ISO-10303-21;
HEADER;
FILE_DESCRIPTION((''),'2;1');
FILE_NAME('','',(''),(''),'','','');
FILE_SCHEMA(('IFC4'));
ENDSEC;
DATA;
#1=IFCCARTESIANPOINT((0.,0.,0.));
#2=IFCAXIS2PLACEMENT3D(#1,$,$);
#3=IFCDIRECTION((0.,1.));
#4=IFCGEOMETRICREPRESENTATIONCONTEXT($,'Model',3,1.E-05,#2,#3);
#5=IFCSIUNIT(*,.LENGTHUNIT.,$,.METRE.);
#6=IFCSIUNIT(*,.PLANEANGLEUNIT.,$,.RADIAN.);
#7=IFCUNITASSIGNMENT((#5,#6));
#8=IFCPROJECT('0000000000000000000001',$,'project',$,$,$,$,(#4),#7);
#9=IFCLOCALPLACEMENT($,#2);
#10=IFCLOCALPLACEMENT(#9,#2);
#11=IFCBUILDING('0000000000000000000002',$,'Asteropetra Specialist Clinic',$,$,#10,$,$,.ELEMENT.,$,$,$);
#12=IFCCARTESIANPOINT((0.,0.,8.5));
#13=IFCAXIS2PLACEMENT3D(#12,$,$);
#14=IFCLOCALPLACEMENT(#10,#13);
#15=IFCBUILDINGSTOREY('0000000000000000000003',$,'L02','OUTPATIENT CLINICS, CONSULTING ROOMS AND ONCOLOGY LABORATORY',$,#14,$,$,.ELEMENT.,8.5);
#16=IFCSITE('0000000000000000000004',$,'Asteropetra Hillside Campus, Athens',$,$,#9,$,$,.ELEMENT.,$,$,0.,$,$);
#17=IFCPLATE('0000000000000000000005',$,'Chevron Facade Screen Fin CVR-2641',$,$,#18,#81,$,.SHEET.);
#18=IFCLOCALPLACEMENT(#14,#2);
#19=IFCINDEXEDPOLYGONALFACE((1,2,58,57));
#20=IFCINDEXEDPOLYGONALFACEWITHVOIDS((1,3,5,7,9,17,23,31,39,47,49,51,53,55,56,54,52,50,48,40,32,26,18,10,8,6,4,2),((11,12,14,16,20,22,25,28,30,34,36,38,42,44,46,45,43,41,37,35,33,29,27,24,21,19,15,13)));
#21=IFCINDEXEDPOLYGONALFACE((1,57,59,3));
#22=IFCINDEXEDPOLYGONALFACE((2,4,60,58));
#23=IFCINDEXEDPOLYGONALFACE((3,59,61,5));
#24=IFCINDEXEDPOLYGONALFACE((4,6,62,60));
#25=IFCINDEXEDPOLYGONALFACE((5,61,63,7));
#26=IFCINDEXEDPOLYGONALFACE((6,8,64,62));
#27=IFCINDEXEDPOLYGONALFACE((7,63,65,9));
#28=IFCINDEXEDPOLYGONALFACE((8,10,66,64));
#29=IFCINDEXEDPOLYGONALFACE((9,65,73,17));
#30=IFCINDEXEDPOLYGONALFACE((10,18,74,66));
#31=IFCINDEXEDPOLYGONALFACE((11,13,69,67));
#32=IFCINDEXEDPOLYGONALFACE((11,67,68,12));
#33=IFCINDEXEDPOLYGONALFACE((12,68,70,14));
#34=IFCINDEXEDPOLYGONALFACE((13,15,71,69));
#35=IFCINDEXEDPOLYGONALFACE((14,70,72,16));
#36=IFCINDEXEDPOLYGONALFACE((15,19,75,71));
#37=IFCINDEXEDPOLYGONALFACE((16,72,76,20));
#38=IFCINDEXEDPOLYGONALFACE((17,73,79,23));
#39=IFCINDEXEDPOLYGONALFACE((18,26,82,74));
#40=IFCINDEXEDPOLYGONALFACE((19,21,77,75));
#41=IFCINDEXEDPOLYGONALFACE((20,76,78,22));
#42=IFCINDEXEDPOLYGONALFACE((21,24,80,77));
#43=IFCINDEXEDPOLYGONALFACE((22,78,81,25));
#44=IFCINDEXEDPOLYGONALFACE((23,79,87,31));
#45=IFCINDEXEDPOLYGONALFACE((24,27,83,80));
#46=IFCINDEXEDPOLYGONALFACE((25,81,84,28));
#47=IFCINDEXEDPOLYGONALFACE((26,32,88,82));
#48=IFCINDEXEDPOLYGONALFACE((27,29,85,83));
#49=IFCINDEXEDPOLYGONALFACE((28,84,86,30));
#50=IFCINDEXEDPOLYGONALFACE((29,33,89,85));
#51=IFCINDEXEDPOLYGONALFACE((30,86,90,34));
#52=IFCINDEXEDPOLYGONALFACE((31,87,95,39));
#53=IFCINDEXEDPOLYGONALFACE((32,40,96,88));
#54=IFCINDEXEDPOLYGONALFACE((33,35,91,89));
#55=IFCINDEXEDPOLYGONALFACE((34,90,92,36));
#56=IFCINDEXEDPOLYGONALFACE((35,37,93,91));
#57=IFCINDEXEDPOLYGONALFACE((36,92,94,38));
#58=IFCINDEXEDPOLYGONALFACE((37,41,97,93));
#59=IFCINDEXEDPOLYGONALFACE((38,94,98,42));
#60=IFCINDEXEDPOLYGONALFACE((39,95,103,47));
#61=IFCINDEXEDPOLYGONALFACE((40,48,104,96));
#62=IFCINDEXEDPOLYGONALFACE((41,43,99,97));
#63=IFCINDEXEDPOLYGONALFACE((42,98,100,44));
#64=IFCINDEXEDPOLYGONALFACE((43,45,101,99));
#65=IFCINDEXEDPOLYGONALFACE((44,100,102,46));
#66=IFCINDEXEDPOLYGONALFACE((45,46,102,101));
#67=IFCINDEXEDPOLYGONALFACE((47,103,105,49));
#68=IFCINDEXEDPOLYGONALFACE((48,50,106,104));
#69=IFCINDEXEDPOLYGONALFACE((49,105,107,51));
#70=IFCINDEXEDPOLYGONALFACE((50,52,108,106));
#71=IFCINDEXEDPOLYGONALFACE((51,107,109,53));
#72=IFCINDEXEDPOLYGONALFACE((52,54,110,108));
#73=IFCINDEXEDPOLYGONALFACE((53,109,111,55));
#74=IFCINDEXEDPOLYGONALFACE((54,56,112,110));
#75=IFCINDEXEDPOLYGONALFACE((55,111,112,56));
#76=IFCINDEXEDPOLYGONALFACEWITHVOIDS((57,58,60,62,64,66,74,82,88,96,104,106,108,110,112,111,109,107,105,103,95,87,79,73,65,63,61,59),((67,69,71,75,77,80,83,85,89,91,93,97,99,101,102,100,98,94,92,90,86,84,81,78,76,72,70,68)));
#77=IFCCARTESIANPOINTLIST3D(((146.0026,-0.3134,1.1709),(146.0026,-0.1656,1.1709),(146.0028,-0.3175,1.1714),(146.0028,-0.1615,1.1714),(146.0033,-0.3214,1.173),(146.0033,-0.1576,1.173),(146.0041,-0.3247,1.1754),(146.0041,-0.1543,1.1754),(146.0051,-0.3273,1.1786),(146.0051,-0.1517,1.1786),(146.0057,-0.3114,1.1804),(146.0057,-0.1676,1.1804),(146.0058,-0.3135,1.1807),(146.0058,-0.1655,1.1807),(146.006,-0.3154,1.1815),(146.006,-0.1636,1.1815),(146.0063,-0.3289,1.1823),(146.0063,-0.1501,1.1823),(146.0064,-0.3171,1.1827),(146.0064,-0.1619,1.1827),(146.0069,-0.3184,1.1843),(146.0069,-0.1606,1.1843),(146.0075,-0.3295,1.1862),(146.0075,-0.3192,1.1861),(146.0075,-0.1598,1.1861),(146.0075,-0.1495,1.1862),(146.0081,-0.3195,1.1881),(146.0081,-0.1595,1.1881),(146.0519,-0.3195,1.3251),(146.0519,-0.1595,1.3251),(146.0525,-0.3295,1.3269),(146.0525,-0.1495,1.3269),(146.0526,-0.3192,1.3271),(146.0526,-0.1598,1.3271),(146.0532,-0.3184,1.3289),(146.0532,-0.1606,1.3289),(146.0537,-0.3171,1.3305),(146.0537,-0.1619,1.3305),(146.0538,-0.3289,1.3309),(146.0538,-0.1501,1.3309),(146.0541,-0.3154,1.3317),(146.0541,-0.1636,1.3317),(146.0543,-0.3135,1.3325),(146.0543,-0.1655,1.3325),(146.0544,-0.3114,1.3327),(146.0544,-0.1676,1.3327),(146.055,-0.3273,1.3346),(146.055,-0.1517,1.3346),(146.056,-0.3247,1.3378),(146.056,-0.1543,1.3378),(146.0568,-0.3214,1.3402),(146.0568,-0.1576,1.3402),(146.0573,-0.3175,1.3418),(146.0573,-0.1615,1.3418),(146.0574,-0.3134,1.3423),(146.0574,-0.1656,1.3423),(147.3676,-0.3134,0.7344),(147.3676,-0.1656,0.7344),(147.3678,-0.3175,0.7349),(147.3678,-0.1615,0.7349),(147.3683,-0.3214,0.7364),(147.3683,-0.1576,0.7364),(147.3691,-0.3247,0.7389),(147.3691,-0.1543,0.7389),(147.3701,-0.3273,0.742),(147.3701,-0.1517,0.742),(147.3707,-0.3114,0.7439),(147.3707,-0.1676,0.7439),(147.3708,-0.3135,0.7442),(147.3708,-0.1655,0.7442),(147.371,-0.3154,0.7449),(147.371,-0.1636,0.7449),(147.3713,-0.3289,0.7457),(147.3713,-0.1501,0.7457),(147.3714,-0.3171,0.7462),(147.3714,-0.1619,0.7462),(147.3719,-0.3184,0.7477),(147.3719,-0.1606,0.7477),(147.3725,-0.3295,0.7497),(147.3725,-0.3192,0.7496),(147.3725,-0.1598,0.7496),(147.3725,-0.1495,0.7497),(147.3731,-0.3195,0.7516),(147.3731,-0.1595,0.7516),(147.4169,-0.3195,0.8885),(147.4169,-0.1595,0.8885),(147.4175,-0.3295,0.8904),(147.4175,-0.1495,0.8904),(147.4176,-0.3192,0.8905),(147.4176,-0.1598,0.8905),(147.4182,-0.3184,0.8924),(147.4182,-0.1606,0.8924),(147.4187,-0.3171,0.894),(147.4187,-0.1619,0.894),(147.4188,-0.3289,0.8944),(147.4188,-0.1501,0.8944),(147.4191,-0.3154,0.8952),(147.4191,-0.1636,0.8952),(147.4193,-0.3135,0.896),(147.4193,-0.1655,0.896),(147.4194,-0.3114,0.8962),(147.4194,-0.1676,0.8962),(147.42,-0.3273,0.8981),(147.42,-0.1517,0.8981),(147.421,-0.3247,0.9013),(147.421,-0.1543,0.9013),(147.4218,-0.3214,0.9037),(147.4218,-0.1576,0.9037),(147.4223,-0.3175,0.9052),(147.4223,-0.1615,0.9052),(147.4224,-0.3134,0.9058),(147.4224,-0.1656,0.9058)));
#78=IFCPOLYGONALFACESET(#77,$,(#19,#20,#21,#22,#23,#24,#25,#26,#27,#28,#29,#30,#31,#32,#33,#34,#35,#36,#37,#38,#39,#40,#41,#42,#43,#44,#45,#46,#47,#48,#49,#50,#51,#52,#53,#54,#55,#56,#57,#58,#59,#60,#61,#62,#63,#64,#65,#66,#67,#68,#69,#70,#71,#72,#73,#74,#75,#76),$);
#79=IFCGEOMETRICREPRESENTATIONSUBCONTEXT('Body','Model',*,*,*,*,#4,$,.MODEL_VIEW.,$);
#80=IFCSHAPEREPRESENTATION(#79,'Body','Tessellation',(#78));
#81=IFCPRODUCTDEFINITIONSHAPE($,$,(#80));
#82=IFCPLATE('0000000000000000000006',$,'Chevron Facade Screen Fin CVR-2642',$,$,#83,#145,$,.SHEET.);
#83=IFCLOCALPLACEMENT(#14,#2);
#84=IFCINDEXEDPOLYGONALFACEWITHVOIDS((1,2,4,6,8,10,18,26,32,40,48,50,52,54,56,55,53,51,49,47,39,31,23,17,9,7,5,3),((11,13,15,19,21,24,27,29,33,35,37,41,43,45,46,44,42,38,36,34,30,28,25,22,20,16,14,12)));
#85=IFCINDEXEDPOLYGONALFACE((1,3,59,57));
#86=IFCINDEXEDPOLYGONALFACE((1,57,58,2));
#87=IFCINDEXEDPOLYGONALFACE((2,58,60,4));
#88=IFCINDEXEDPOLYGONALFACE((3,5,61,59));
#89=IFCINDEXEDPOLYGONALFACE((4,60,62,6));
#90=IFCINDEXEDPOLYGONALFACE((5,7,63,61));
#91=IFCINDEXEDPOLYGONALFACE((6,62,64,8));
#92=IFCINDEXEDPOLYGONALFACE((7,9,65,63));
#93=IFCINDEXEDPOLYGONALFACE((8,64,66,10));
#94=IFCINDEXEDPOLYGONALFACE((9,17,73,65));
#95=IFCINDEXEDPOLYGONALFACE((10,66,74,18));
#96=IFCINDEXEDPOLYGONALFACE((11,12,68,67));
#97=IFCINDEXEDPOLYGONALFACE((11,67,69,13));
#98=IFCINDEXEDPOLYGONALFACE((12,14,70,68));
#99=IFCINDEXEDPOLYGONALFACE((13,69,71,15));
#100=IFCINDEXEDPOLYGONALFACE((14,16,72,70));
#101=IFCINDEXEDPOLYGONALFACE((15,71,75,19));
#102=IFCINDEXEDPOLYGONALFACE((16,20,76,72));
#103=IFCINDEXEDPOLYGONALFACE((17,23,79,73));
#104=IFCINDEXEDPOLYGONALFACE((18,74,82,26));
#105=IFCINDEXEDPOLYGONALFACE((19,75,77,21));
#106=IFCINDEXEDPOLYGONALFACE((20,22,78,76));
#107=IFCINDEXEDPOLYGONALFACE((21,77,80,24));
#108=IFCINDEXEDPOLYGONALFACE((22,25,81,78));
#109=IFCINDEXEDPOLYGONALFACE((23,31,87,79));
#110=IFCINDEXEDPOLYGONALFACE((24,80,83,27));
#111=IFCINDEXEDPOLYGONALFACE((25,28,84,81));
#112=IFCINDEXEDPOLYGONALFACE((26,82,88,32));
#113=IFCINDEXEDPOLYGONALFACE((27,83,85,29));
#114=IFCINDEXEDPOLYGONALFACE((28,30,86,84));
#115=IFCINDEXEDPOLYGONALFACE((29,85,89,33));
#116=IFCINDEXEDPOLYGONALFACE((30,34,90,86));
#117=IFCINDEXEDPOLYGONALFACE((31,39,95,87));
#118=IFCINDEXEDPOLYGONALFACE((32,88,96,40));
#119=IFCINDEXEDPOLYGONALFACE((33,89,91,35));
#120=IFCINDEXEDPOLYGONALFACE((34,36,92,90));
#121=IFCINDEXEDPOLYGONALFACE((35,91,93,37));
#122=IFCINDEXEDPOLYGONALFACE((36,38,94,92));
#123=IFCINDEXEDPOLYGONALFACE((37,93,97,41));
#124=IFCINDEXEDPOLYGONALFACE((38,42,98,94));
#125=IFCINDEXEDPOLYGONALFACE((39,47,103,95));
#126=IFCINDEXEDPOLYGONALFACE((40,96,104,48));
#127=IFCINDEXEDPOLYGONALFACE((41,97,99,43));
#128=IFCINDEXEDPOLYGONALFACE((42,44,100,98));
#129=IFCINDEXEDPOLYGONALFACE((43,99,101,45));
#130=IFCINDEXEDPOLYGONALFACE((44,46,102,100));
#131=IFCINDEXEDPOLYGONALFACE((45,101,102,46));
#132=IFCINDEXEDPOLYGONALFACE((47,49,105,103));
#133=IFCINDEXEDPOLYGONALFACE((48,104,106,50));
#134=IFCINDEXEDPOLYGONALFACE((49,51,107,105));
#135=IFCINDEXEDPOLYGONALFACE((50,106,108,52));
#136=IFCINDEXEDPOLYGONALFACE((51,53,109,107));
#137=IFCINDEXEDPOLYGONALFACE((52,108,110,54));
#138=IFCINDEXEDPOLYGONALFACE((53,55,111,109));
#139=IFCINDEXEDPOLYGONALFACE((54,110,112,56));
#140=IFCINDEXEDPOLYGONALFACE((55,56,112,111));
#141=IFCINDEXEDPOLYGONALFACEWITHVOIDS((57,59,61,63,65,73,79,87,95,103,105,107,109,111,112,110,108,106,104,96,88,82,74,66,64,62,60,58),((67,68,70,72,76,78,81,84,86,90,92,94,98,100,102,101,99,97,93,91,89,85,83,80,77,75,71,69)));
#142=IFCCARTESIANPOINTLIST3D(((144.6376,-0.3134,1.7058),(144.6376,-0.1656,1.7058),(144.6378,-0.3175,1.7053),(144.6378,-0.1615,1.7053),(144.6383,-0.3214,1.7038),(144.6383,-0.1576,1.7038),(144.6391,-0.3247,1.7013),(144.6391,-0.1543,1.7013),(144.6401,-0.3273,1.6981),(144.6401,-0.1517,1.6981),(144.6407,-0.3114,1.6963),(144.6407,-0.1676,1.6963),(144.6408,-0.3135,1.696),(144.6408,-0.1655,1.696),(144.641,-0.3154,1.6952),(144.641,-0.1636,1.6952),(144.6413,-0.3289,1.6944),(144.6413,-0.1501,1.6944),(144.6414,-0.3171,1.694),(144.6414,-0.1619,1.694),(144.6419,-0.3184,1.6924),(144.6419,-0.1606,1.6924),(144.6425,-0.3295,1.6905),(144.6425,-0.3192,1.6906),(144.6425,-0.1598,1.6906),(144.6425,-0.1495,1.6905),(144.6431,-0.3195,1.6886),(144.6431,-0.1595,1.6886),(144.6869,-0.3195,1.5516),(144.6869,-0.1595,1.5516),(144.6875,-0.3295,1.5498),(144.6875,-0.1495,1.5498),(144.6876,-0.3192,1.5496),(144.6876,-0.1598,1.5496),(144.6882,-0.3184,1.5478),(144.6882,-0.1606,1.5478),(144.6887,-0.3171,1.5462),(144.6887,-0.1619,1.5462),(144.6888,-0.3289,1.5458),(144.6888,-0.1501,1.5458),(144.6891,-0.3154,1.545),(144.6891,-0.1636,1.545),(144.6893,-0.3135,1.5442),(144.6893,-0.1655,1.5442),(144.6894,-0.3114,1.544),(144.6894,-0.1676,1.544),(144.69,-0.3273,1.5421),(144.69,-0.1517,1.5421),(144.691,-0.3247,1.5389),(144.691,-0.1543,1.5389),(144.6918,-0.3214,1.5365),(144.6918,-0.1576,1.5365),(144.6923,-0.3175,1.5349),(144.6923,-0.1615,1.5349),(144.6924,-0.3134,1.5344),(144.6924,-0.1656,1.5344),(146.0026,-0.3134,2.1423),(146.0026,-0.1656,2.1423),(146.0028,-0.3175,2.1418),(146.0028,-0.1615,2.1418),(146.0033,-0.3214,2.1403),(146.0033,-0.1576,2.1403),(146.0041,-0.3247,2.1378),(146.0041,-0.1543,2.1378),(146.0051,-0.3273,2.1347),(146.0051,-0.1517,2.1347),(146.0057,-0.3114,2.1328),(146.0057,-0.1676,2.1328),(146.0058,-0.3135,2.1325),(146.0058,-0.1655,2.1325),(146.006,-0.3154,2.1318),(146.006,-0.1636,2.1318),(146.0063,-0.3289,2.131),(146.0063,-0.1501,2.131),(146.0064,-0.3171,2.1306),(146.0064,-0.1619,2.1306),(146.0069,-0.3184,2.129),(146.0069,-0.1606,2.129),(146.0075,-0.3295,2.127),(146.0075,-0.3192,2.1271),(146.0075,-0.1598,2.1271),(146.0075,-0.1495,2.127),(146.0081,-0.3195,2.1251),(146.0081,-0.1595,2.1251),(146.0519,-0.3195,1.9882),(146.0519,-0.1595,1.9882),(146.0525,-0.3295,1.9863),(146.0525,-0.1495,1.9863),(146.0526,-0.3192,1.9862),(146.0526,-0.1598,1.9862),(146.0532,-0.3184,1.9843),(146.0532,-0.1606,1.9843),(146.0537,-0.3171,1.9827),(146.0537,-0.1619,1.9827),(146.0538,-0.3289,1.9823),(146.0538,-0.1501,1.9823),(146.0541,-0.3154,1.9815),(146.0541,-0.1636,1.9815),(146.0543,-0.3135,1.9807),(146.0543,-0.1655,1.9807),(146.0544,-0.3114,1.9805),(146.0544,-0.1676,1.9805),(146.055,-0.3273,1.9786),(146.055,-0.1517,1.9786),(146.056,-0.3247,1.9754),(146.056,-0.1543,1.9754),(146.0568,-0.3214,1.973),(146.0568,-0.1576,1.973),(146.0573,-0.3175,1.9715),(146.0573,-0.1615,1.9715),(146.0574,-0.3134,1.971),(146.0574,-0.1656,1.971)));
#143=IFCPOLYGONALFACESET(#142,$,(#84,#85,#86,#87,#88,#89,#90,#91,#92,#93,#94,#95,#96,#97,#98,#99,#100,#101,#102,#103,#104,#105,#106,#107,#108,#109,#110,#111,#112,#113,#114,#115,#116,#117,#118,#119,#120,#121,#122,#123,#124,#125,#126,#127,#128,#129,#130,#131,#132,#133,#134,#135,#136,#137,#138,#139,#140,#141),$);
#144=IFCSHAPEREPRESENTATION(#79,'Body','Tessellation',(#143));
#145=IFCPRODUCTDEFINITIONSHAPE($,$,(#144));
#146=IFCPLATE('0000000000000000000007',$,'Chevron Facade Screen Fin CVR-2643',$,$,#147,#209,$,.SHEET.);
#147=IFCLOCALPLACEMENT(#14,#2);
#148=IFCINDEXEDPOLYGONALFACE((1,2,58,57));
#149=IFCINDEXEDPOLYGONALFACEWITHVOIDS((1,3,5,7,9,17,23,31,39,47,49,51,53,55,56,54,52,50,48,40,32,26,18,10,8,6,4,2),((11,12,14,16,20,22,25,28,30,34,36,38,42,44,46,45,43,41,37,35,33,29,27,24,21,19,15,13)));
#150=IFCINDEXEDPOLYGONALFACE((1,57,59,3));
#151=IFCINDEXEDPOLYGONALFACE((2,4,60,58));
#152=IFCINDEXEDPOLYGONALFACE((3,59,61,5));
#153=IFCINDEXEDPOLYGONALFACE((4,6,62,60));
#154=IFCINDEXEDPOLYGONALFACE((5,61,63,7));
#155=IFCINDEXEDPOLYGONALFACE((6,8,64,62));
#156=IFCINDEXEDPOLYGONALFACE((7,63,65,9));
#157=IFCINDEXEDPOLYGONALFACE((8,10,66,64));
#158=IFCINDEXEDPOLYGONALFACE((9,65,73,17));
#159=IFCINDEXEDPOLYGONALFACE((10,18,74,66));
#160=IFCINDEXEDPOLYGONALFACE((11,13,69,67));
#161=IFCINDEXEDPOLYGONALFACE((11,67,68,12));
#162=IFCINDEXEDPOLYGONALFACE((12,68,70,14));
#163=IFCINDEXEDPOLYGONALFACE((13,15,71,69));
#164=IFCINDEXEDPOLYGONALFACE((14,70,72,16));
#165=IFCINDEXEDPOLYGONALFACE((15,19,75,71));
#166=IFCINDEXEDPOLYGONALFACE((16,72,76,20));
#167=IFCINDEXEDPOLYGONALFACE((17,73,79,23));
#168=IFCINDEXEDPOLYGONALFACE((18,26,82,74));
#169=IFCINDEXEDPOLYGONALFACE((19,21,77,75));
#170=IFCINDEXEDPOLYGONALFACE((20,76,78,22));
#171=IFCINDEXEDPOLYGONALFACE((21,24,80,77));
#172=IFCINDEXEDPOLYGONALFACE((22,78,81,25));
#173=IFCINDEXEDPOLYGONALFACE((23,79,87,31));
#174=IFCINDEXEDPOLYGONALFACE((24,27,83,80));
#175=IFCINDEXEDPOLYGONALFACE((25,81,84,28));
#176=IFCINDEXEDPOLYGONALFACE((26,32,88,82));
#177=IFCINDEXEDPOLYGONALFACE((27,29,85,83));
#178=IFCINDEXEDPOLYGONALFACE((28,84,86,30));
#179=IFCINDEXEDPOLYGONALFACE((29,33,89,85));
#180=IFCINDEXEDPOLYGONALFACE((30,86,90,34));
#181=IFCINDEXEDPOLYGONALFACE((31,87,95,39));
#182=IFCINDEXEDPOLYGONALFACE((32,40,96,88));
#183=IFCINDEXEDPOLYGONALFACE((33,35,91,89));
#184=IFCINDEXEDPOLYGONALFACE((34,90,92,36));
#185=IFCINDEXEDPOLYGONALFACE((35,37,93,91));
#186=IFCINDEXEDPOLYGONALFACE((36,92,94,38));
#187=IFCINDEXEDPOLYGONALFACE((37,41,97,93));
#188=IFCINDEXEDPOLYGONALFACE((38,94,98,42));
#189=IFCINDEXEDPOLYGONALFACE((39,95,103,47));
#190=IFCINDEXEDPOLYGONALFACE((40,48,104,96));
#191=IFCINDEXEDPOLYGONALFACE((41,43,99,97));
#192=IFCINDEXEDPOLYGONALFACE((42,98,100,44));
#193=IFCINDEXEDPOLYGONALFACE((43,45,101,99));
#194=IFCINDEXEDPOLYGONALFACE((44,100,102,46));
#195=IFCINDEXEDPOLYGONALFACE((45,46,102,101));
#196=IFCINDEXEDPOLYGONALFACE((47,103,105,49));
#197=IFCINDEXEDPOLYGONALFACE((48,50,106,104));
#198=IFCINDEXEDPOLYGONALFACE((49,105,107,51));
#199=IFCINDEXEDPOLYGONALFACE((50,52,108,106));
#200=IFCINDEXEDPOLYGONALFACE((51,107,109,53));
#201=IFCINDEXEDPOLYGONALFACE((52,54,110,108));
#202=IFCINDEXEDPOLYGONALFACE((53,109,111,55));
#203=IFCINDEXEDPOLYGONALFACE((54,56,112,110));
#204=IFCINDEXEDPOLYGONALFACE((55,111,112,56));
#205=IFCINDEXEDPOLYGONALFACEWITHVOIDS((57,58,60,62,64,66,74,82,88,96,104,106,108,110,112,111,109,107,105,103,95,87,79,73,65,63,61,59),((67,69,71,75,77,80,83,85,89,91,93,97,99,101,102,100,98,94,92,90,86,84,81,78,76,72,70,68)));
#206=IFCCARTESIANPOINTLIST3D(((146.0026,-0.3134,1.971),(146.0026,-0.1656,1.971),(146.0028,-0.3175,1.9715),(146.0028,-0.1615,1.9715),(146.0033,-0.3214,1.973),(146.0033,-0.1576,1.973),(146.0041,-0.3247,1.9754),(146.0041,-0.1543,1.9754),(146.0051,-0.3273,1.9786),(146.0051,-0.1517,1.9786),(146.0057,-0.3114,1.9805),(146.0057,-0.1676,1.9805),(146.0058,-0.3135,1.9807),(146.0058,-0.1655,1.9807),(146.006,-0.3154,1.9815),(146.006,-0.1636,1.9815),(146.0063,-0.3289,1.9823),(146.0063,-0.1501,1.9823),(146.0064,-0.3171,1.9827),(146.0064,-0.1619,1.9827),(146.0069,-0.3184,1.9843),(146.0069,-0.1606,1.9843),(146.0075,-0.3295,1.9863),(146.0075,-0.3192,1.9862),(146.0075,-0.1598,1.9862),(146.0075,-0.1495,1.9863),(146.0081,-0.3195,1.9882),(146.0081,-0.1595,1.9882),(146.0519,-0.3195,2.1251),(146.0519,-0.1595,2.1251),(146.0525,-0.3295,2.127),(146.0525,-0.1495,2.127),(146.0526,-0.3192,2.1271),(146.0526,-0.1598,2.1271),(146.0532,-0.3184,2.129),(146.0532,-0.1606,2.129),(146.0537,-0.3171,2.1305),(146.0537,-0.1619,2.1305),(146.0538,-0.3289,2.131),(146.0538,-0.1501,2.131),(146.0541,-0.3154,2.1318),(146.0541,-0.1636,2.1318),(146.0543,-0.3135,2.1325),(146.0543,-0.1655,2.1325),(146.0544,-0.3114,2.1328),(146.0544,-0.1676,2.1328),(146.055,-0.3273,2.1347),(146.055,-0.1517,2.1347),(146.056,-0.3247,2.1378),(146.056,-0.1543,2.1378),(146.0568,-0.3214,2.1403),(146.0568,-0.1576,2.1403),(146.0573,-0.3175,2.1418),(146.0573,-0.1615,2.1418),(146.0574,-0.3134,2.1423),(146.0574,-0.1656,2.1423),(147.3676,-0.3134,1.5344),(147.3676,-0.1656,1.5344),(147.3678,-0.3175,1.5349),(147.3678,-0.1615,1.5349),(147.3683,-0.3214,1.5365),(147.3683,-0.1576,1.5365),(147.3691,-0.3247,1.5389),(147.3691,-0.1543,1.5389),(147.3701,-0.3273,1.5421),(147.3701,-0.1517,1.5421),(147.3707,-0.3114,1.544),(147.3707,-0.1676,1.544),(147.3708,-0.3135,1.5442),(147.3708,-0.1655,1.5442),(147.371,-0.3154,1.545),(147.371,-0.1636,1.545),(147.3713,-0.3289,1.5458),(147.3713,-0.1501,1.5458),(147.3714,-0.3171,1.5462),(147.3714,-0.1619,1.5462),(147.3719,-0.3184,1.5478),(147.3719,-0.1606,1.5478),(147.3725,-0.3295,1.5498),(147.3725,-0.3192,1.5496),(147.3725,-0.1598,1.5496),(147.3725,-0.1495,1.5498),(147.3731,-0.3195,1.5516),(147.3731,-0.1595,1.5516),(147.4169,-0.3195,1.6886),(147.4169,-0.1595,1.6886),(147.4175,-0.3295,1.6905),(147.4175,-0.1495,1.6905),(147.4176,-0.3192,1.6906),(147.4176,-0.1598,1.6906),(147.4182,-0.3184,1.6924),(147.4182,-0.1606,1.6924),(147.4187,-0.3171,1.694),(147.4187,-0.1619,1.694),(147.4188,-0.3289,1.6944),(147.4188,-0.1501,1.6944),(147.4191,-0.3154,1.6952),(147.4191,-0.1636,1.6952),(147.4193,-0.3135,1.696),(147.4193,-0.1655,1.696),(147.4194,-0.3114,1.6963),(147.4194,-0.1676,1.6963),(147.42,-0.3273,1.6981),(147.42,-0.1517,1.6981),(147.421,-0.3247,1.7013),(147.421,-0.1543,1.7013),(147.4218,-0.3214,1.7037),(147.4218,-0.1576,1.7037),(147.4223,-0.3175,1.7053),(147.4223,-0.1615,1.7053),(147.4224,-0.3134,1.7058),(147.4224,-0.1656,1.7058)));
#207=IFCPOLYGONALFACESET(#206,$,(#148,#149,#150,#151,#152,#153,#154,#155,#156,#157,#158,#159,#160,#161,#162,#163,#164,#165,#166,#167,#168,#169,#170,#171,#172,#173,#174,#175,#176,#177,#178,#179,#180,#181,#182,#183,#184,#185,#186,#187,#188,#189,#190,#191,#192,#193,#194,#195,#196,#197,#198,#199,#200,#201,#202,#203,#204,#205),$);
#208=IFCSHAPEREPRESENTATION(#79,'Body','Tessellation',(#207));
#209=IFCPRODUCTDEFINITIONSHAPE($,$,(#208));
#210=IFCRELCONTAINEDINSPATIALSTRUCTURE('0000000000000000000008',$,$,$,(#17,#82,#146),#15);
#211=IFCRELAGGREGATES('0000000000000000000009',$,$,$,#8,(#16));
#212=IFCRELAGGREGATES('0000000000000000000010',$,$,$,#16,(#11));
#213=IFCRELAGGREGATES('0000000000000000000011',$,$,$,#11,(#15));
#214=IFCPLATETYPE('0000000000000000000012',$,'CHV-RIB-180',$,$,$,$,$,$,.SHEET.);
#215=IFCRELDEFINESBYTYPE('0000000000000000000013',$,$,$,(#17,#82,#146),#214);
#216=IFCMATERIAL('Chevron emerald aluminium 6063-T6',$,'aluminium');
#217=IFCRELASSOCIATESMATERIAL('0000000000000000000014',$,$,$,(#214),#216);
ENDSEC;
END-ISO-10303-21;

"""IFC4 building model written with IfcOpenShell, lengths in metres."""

from ifc_helpers import new_model, si_unit, direction, frame, origin, origin_2d, place, context, subcontext, project, spatial, hollow_rectangle, extrude, material, material_profile, profile_set, type_object, element, save


model = new_model("IFC4")

# Units and contexts
model_context = context("Model", 3, precision=1e-05, world=origin(), true_north=direction((0.0, 1.0)))
body_context = subcontext(model_context, "Body", "Model", "MODEL_VIEW")
ifc_project = project(units=[si_unit("LENGTHUNIT", "METRE"), si_unit("PLANEANGLEUNIT", "RADIAN")], contexts=[model_context])

# Site, building, storey
site_placement = place(None, origin())
site = spatial("IfcSite", under=ifc_project, at=site_placement, Name="Asteropetra Hillside Campus, Athens", CompositionType="ELEMENT", RefElevation=0.0)
building_placement = place(site_placement, origin())
building = spatial("IfcBuilding", under=site, at=building_placement, Name="Asteropetra Specialist Clinic", CompositionType="ELEMENT")
storey_placement = place(building_placement, frame((0.0, 0.0, 8.5)))
storey = spatial("IfcBuildingStorey", under=building, at=storey_placement, Name="L02", Description="OUTPATIENT CLINICS, CONSULTING ROOMS AND ONCOLOGY LABORATORY", CompositionType="ELEMENT", Elevation=8.5)

# Plates
ifc_material_1 = material(Name="Chevron emerald aluminium 6063-T6", Category="aluminium")
ifc_material_profile_1 = material_profile(ifc_material_1, hollow_rectangle(XDim=0.1799, YDim=0.1799, WallThickness=0.01, InnerFilletRadius=0.0081, OuterFilletRadius=0.0161, at=origin_2d()), Name="SHS 180x180x10.0")
ifc_profile_set_1 = profile_set([ifc_material_profile_1], Name="Chevron emerald aluminium 6063-T6")
plate_type = type_object("IfcPlateType", Name="CHV-RIB-180", PredefinedType="SHEET", material=ifc_profile_set_1)
for number, where, z_axis, x_axis, name in (
    (1, (146.03, -0.2395, 1.2566), (0.95248, 0.0, -0.304603), (0.0, 1.0, 0.0), "Chevron Facade Screen Fin CVR-2641"),
    (2, (144.665, -0.2395, 1.6201), (0.95248, 0.0, 0.304603), (0.0, 1.0, 0.0), "Chevron Facade Screen Fin CVR-2642"),
    (3, (146.03, -0.2395, 2.0566), (0.95248, 0.0, -0.304603), (0.0, 1.0, 0.0), "Chevron Facade Screen Fin CVR-2643"),
):
    element("IfcPlate", number, at=place(storey_placement, frame(where, z_axis=z_axis, x_axis=x_axis)), inside=storey, type_object=plate_type, Name=name, PredefinedType="SHEET", context=body_context, shape_type="SweptSolid", body=[
        extrude(hollow_rectangle(XDim=0.1799, YDim=0.1799, WallThickness=0.01, InnerFilletRadius=0.0081, OuterFilletRadius=0.0161, at=origin_2d()), origin(), (0.0, 0.0, 1.0), 1.4331),
    ])

save(model, "model.ifc")
